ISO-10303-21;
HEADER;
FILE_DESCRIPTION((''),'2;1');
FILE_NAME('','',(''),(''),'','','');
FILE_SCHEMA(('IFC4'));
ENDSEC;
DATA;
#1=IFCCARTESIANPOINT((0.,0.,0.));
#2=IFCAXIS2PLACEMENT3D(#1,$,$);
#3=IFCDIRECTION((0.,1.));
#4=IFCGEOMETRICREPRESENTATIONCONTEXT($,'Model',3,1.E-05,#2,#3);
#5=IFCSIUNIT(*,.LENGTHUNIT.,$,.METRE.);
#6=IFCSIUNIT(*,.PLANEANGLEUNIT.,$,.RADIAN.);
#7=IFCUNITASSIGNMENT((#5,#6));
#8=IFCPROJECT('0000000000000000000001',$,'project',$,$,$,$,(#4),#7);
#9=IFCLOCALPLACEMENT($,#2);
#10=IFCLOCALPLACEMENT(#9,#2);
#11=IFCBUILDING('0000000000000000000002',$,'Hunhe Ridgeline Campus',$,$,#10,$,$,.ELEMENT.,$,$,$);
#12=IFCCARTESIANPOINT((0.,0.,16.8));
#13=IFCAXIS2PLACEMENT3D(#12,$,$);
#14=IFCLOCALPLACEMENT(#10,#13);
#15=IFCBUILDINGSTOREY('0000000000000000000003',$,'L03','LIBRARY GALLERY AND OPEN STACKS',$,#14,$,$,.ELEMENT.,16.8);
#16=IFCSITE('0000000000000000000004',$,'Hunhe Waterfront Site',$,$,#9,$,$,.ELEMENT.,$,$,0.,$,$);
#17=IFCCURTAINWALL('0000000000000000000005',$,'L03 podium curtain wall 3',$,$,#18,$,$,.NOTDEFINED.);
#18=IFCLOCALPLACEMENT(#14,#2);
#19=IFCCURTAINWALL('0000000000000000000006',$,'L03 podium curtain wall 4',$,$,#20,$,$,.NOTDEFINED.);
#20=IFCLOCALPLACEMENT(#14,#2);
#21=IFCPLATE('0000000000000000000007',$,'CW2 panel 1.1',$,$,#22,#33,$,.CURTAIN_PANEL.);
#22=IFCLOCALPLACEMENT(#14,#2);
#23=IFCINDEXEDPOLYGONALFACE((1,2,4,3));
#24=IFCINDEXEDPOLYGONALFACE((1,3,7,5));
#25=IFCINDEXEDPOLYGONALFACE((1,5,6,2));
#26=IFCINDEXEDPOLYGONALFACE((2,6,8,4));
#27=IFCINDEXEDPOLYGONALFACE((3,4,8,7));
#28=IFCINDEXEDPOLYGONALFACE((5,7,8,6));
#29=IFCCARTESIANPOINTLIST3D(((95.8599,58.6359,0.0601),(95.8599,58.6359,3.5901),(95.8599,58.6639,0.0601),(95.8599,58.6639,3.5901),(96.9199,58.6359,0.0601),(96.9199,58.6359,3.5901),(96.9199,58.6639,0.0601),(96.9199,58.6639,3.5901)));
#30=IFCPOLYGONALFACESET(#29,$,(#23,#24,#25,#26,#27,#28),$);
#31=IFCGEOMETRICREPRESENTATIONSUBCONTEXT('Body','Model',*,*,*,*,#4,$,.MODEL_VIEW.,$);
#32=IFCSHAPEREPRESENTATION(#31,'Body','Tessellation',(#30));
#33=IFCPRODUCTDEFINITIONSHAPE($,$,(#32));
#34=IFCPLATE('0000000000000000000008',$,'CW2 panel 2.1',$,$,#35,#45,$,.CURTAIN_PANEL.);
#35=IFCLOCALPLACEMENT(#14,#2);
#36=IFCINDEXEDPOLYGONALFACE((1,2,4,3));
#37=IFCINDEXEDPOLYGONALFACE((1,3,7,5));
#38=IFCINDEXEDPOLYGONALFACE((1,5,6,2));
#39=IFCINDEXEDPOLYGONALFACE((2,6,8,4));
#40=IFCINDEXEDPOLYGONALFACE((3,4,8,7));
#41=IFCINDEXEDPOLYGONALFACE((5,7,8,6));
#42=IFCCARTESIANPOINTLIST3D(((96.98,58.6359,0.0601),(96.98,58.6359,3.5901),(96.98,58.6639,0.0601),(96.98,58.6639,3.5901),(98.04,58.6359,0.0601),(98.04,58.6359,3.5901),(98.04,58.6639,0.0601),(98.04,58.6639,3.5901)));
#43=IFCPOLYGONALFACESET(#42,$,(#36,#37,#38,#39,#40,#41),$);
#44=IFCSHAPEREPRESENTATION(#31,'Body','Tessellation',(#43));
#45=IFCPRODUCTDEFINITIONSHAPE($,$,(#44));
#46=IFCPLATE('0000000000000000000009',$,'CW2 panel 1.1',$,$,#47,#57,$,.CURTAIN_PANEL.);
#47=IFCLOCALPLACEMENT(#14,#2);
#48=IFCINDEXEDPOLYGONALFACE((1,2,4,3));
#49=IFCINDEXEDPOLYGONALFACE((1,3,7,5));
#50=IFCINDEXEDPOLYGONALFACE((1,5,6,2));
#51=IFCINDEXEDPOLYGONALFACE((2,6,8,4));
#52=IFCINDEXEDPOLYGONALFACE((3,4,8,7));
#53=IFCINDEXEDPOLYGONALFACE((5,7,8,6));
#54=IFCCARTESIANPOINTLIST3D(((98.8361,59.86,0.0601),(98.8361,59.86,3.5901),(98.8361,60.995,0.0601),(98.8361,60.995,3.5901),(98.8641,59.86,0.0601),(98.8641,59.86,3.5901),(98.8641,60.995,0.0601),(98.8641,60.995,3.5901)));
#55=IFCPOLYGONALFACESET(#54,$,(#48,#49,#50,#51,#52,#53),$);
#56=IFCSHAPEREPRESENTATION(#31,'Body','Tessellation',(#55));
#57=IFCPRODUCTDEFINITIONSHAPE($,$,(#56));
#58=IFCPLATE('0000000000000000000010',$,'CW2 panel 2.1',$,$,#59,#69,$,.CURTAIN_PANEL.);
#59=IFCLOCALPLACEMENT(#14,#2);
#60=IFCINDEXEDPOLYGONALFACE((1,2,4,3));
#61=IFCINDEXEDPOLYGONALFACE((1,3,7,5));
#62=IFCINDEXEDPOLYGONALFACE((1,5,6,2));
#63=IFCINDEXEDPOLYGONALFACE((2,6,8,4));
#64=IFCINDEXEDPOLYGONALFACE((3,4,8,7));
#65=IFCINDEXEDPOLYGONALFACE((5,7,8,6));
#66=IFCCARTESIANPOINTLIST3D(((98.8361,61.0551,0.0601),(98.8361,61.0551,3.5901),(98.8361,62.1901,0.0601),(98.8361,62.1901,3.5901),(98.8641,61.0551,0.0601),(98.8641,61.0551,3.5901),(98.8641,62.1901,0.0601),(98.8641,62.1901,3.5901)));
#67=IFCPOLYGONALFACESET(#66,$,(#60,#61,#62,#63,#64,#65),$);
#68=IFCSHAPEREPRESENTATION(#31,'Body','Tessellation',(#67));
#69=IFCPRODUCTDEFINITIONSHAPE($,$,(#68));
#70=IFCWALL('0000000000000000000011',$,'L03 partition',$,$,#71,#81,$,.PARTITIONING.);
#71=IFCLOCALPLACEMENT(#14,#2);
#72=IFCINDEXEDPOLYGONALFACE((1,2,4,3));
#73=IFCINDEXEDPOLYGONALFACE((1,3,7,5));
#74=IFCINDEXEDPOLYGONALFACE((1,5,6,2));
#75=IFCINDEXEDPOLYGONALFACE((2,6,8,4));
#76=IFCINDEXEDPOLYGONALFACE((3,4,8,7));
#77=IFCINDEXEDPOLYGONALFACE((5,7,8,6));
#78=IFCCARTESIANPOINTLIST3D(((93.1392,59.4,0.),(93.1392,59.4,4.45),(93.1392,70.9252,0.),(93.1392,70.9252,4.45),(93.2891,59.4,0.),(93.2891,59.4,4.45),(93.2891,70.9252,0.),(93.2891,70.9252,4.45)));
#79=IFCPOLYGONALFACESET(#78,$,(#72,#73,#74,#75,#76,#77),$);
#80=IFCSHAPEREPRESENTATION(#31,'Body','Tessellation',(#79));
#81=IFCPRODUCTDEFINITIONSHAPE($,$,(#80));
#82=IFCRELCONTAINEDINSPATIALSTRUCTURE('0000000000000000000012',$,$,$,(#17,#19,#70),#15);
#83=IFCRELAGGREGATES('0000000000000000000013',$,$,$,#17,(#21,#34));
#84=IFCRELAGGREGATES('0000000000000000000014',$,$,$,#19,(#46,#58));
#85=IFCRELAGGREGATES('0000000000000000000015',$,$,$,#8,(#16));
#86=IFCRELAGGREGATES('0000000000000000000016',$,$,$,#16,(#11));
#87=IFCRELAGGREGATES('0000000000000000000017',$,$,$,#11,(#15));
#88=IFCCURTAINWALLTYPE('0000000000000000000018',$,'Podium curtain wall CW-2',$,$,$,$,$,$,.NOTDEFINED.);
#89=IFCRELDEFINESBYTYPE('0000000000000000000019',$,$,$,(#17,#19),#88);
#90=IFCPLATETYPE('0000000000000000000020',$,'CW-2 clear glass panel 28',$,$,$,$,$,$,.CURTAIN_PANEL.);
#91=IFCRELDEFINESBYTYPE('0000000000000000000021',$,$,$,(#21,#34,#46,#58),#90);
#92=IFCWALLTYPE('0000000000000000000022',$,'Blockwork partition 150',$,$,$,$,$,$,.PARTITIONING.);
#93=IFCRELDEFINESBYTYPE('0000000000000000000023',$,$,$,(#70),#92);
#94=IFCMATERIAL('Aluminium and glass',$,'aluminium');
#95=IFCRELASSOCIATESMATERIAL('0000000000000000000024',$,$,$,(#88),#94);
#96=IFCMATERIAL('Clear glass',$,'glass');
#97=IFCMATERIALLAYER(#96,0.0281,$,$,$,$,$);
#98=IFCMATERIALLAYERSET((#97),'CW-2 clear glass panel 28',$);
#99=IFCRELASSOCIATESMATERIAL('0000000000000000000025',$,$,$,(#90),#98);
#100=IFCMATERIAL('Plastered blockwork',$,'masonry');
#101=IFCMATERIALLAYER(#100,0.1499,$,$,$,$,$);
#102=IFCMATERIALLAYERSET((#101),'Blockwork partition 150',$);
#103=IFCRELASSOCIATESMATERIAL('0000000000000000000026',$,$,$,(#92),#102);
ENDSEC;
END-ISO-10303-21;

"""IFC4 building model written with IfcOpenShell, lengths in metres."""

from ifc_helpers import new_model, si_unit, direction, frame, frame_2d, origin, origin_2d, place, context, subcontext, project, spatial, rectangle, extrude, material, layer, layer_set, type_object, element, aggregate, save


model = new_model("IFC4")

# Units and contexts
model_context = context("Model", 3, precision=1e-05, world=origin(), true_north=direction((0.0, 1.0)))
body_context = subcontext(model_context, "Body", "Model", "MODEL_VIEW")
ifc_project = project(units=[si_unit("LENGTHUNIT", "METRE"), si_unit("PLANEANGLEUNIT", "RADIAN")], contexts=[model_context])

# Site, building, storey
site_placement = place(None, origin())
site = spatial("IfcSite", under=ifc_project, at=site_placement, Name="Hunhe Waterfront Site", CompositionType="ELEMENT", RefElevation=0.0)
building_placement = place(site_placement, origin())
building = spatial("IfcBuilding", under=site, at=building_placement, Name="Hunhe Ridgeline Campus", CompositionType="ELEMENT")
storey_placement = place(building_placement, frame((0.0, 0.0, 16.8)))
storey = spatial("IfcBuildingStorey", under=building, at=storey_placement, Name="L03", Description="LIBRARY GALLERY AND OPEN STACKS", CompositionType="ELEMENT", Elevation=16.8)

# Curtain walls
ifc_material_1 = material(Name="Aluminium and glass", Category="aluminium")
curtain_wall_type = type_object("IfcCurtainWallType", Name="Podium curtain wall CW-2", PredefinedType="NOTDEFINED", material=ifc_material_1)
curtain_wall_1_placement = place(storey_placement, origin())
curtain_wall_1 = element("IfcCurtainWall", 1, at=curtain_wall_1_placement, inside=storey, type_object=curtain_wall_type, Name="L03 podium curtain wall 3", PredefinedType="NOTDEFINED")
curtain_wall_2_placement = place(storey_placement, origin())
curtain_wall_2 = element("IfcCurtainWall", 2, at=curtain_wall_2_placement, inside=storey, type_object=curtain_wall_type, Name="L03 podium curtain wall 4", PredefinedType="NOTDEFINED")

# Plates
ifc_material_2 = material(Name="Clear glass", Category="glass")
ifc_layer_1 = layer(ifc_material_2, 0.0281)
ifc_layer_set_1 = layer_set([ifc_layer_1], Name="CW-2 clear glass panel 28")
plate_type = type_object("IfcPlateType", Name="CW-2 clear glass panel 28", PredefinedType="CURTAIN_PANEL", material=ifc_layer_set_1)
plate_1_placement = place(storey_placement, frame((96.3899, 58.6499, 0.0601), z_axis=(0.0, 0.0, 1.0), x_axis=(1.0, 0.0, 0.0)))
plate_1 = element("IfcPlate", 3, at=plate_1_placement, type_object=plate_type, Name="CW2 panel 1.1", PredefinedType="CURTAIN_PANEL", context=body_context, shape_type="SweptSolid", body=[
    extrude(rectangle(XDim=1.0601, YDim=0.0281, at=origin_2d()), origin(), (0.0, 0.0, 1.0), 3.53),
])
plate_2_placement = place(storey_placement, frame((97.51, 58.6499, 0.0601), z_axis=(0.0, 0.0, 1.0), x_axis=(1.0, 0.0, 0.0)))
plate_2 = element("IfcPlate", 4, at=plate_2_placement, type_object=plate_type, Name="CW2 panel 2.1", PredefinedType="CURTAIN_PANEL", context=body_context, shape_type="SweptSolid", body=[
    extrude(rectangle(XDim=1.0601, YDim=0.0281, at=origin_2d()), origin(), (0.0, 0.0, 1.0), 3.53),
])
aggregate(curtain_wall_1, [plate_1, plate_2])
plate_3_placement = place(storey_placement, frame((98.8501, 60.4275, 0.0601), z_axis=(0.0, 0.0, 1.0), x_axis=(0.0, 1.0, 0.0)))
plate_3 = element("IfcPlate", 5, at=plate_3_placement, type_object=plate_type, Name="CW2 panel 1.1", PredefinedType="CURTAIN_PANEL", context=body_context, shape_type="SweptSolid", body=[
    extrude(rectangle(XDim=1.135, YDim=0.0281, at=origin_2d()), origin(), (0.0, 0.0, 1.0), 3.53),
])
plate_4_placement = place(storey_placement, frame((98.8501, 61.6226, 0.0601), z_axis=(0.0, 0.0, 1.0), x_axis=(0.0, 1.0, 0.0)))
plate_4 = element("IfcPlate", 6, at=plate_4_placement, type_object=plate_type, Name="CW2 panel 2.1", PredefinedType="CURTAIN_PANEL", context=body_context, shape_type="SweptSolid", body=[
    extrude(rectangle(XDim=1.135, YDim=0.0281, at=origin_2d()), origin(), (0.0, 0.0, 1.0), 3.53),
])
aggregate(curtain_wall_2, [plate_3, plate_4])

# Wall
ifc_material_3 = material(Name="Plastered blockwork", Category="masonry")
ifc_layer_2 = layer(ifc_material_3, 0.1499)
ifc_layer_set_2 = layer_set([ifc_layer_2], Name="Blockwork partition 150")
wall_type = type_object("IfcWallType", Name="Blockwork partition 150", PredefinedType="PARTITIONING", material=ifc_layer_set_2)
wall_placement = place(storey_placement, frame((93.2141, 59.3999, 0.0), z_axis=(0.0, 0.0, 1.0), x_axis=(0.0, 1.0, 0.0)))
element("IfcWall", 7, at=wall_placement, inside=storey, type_object=wall_type, Name="L03 partition", PredefinedType="PARTITIONING", context=body_context, shape_type="SweptSolid", body=[
    extrude(rectangle(XDim=11.5251, YDim=0.1499, at=frame_2d((5.7627, 0.0))), origin(), (0.0, 0.0, 1.0), 4.45),
])

save(model, "model.ifc")
